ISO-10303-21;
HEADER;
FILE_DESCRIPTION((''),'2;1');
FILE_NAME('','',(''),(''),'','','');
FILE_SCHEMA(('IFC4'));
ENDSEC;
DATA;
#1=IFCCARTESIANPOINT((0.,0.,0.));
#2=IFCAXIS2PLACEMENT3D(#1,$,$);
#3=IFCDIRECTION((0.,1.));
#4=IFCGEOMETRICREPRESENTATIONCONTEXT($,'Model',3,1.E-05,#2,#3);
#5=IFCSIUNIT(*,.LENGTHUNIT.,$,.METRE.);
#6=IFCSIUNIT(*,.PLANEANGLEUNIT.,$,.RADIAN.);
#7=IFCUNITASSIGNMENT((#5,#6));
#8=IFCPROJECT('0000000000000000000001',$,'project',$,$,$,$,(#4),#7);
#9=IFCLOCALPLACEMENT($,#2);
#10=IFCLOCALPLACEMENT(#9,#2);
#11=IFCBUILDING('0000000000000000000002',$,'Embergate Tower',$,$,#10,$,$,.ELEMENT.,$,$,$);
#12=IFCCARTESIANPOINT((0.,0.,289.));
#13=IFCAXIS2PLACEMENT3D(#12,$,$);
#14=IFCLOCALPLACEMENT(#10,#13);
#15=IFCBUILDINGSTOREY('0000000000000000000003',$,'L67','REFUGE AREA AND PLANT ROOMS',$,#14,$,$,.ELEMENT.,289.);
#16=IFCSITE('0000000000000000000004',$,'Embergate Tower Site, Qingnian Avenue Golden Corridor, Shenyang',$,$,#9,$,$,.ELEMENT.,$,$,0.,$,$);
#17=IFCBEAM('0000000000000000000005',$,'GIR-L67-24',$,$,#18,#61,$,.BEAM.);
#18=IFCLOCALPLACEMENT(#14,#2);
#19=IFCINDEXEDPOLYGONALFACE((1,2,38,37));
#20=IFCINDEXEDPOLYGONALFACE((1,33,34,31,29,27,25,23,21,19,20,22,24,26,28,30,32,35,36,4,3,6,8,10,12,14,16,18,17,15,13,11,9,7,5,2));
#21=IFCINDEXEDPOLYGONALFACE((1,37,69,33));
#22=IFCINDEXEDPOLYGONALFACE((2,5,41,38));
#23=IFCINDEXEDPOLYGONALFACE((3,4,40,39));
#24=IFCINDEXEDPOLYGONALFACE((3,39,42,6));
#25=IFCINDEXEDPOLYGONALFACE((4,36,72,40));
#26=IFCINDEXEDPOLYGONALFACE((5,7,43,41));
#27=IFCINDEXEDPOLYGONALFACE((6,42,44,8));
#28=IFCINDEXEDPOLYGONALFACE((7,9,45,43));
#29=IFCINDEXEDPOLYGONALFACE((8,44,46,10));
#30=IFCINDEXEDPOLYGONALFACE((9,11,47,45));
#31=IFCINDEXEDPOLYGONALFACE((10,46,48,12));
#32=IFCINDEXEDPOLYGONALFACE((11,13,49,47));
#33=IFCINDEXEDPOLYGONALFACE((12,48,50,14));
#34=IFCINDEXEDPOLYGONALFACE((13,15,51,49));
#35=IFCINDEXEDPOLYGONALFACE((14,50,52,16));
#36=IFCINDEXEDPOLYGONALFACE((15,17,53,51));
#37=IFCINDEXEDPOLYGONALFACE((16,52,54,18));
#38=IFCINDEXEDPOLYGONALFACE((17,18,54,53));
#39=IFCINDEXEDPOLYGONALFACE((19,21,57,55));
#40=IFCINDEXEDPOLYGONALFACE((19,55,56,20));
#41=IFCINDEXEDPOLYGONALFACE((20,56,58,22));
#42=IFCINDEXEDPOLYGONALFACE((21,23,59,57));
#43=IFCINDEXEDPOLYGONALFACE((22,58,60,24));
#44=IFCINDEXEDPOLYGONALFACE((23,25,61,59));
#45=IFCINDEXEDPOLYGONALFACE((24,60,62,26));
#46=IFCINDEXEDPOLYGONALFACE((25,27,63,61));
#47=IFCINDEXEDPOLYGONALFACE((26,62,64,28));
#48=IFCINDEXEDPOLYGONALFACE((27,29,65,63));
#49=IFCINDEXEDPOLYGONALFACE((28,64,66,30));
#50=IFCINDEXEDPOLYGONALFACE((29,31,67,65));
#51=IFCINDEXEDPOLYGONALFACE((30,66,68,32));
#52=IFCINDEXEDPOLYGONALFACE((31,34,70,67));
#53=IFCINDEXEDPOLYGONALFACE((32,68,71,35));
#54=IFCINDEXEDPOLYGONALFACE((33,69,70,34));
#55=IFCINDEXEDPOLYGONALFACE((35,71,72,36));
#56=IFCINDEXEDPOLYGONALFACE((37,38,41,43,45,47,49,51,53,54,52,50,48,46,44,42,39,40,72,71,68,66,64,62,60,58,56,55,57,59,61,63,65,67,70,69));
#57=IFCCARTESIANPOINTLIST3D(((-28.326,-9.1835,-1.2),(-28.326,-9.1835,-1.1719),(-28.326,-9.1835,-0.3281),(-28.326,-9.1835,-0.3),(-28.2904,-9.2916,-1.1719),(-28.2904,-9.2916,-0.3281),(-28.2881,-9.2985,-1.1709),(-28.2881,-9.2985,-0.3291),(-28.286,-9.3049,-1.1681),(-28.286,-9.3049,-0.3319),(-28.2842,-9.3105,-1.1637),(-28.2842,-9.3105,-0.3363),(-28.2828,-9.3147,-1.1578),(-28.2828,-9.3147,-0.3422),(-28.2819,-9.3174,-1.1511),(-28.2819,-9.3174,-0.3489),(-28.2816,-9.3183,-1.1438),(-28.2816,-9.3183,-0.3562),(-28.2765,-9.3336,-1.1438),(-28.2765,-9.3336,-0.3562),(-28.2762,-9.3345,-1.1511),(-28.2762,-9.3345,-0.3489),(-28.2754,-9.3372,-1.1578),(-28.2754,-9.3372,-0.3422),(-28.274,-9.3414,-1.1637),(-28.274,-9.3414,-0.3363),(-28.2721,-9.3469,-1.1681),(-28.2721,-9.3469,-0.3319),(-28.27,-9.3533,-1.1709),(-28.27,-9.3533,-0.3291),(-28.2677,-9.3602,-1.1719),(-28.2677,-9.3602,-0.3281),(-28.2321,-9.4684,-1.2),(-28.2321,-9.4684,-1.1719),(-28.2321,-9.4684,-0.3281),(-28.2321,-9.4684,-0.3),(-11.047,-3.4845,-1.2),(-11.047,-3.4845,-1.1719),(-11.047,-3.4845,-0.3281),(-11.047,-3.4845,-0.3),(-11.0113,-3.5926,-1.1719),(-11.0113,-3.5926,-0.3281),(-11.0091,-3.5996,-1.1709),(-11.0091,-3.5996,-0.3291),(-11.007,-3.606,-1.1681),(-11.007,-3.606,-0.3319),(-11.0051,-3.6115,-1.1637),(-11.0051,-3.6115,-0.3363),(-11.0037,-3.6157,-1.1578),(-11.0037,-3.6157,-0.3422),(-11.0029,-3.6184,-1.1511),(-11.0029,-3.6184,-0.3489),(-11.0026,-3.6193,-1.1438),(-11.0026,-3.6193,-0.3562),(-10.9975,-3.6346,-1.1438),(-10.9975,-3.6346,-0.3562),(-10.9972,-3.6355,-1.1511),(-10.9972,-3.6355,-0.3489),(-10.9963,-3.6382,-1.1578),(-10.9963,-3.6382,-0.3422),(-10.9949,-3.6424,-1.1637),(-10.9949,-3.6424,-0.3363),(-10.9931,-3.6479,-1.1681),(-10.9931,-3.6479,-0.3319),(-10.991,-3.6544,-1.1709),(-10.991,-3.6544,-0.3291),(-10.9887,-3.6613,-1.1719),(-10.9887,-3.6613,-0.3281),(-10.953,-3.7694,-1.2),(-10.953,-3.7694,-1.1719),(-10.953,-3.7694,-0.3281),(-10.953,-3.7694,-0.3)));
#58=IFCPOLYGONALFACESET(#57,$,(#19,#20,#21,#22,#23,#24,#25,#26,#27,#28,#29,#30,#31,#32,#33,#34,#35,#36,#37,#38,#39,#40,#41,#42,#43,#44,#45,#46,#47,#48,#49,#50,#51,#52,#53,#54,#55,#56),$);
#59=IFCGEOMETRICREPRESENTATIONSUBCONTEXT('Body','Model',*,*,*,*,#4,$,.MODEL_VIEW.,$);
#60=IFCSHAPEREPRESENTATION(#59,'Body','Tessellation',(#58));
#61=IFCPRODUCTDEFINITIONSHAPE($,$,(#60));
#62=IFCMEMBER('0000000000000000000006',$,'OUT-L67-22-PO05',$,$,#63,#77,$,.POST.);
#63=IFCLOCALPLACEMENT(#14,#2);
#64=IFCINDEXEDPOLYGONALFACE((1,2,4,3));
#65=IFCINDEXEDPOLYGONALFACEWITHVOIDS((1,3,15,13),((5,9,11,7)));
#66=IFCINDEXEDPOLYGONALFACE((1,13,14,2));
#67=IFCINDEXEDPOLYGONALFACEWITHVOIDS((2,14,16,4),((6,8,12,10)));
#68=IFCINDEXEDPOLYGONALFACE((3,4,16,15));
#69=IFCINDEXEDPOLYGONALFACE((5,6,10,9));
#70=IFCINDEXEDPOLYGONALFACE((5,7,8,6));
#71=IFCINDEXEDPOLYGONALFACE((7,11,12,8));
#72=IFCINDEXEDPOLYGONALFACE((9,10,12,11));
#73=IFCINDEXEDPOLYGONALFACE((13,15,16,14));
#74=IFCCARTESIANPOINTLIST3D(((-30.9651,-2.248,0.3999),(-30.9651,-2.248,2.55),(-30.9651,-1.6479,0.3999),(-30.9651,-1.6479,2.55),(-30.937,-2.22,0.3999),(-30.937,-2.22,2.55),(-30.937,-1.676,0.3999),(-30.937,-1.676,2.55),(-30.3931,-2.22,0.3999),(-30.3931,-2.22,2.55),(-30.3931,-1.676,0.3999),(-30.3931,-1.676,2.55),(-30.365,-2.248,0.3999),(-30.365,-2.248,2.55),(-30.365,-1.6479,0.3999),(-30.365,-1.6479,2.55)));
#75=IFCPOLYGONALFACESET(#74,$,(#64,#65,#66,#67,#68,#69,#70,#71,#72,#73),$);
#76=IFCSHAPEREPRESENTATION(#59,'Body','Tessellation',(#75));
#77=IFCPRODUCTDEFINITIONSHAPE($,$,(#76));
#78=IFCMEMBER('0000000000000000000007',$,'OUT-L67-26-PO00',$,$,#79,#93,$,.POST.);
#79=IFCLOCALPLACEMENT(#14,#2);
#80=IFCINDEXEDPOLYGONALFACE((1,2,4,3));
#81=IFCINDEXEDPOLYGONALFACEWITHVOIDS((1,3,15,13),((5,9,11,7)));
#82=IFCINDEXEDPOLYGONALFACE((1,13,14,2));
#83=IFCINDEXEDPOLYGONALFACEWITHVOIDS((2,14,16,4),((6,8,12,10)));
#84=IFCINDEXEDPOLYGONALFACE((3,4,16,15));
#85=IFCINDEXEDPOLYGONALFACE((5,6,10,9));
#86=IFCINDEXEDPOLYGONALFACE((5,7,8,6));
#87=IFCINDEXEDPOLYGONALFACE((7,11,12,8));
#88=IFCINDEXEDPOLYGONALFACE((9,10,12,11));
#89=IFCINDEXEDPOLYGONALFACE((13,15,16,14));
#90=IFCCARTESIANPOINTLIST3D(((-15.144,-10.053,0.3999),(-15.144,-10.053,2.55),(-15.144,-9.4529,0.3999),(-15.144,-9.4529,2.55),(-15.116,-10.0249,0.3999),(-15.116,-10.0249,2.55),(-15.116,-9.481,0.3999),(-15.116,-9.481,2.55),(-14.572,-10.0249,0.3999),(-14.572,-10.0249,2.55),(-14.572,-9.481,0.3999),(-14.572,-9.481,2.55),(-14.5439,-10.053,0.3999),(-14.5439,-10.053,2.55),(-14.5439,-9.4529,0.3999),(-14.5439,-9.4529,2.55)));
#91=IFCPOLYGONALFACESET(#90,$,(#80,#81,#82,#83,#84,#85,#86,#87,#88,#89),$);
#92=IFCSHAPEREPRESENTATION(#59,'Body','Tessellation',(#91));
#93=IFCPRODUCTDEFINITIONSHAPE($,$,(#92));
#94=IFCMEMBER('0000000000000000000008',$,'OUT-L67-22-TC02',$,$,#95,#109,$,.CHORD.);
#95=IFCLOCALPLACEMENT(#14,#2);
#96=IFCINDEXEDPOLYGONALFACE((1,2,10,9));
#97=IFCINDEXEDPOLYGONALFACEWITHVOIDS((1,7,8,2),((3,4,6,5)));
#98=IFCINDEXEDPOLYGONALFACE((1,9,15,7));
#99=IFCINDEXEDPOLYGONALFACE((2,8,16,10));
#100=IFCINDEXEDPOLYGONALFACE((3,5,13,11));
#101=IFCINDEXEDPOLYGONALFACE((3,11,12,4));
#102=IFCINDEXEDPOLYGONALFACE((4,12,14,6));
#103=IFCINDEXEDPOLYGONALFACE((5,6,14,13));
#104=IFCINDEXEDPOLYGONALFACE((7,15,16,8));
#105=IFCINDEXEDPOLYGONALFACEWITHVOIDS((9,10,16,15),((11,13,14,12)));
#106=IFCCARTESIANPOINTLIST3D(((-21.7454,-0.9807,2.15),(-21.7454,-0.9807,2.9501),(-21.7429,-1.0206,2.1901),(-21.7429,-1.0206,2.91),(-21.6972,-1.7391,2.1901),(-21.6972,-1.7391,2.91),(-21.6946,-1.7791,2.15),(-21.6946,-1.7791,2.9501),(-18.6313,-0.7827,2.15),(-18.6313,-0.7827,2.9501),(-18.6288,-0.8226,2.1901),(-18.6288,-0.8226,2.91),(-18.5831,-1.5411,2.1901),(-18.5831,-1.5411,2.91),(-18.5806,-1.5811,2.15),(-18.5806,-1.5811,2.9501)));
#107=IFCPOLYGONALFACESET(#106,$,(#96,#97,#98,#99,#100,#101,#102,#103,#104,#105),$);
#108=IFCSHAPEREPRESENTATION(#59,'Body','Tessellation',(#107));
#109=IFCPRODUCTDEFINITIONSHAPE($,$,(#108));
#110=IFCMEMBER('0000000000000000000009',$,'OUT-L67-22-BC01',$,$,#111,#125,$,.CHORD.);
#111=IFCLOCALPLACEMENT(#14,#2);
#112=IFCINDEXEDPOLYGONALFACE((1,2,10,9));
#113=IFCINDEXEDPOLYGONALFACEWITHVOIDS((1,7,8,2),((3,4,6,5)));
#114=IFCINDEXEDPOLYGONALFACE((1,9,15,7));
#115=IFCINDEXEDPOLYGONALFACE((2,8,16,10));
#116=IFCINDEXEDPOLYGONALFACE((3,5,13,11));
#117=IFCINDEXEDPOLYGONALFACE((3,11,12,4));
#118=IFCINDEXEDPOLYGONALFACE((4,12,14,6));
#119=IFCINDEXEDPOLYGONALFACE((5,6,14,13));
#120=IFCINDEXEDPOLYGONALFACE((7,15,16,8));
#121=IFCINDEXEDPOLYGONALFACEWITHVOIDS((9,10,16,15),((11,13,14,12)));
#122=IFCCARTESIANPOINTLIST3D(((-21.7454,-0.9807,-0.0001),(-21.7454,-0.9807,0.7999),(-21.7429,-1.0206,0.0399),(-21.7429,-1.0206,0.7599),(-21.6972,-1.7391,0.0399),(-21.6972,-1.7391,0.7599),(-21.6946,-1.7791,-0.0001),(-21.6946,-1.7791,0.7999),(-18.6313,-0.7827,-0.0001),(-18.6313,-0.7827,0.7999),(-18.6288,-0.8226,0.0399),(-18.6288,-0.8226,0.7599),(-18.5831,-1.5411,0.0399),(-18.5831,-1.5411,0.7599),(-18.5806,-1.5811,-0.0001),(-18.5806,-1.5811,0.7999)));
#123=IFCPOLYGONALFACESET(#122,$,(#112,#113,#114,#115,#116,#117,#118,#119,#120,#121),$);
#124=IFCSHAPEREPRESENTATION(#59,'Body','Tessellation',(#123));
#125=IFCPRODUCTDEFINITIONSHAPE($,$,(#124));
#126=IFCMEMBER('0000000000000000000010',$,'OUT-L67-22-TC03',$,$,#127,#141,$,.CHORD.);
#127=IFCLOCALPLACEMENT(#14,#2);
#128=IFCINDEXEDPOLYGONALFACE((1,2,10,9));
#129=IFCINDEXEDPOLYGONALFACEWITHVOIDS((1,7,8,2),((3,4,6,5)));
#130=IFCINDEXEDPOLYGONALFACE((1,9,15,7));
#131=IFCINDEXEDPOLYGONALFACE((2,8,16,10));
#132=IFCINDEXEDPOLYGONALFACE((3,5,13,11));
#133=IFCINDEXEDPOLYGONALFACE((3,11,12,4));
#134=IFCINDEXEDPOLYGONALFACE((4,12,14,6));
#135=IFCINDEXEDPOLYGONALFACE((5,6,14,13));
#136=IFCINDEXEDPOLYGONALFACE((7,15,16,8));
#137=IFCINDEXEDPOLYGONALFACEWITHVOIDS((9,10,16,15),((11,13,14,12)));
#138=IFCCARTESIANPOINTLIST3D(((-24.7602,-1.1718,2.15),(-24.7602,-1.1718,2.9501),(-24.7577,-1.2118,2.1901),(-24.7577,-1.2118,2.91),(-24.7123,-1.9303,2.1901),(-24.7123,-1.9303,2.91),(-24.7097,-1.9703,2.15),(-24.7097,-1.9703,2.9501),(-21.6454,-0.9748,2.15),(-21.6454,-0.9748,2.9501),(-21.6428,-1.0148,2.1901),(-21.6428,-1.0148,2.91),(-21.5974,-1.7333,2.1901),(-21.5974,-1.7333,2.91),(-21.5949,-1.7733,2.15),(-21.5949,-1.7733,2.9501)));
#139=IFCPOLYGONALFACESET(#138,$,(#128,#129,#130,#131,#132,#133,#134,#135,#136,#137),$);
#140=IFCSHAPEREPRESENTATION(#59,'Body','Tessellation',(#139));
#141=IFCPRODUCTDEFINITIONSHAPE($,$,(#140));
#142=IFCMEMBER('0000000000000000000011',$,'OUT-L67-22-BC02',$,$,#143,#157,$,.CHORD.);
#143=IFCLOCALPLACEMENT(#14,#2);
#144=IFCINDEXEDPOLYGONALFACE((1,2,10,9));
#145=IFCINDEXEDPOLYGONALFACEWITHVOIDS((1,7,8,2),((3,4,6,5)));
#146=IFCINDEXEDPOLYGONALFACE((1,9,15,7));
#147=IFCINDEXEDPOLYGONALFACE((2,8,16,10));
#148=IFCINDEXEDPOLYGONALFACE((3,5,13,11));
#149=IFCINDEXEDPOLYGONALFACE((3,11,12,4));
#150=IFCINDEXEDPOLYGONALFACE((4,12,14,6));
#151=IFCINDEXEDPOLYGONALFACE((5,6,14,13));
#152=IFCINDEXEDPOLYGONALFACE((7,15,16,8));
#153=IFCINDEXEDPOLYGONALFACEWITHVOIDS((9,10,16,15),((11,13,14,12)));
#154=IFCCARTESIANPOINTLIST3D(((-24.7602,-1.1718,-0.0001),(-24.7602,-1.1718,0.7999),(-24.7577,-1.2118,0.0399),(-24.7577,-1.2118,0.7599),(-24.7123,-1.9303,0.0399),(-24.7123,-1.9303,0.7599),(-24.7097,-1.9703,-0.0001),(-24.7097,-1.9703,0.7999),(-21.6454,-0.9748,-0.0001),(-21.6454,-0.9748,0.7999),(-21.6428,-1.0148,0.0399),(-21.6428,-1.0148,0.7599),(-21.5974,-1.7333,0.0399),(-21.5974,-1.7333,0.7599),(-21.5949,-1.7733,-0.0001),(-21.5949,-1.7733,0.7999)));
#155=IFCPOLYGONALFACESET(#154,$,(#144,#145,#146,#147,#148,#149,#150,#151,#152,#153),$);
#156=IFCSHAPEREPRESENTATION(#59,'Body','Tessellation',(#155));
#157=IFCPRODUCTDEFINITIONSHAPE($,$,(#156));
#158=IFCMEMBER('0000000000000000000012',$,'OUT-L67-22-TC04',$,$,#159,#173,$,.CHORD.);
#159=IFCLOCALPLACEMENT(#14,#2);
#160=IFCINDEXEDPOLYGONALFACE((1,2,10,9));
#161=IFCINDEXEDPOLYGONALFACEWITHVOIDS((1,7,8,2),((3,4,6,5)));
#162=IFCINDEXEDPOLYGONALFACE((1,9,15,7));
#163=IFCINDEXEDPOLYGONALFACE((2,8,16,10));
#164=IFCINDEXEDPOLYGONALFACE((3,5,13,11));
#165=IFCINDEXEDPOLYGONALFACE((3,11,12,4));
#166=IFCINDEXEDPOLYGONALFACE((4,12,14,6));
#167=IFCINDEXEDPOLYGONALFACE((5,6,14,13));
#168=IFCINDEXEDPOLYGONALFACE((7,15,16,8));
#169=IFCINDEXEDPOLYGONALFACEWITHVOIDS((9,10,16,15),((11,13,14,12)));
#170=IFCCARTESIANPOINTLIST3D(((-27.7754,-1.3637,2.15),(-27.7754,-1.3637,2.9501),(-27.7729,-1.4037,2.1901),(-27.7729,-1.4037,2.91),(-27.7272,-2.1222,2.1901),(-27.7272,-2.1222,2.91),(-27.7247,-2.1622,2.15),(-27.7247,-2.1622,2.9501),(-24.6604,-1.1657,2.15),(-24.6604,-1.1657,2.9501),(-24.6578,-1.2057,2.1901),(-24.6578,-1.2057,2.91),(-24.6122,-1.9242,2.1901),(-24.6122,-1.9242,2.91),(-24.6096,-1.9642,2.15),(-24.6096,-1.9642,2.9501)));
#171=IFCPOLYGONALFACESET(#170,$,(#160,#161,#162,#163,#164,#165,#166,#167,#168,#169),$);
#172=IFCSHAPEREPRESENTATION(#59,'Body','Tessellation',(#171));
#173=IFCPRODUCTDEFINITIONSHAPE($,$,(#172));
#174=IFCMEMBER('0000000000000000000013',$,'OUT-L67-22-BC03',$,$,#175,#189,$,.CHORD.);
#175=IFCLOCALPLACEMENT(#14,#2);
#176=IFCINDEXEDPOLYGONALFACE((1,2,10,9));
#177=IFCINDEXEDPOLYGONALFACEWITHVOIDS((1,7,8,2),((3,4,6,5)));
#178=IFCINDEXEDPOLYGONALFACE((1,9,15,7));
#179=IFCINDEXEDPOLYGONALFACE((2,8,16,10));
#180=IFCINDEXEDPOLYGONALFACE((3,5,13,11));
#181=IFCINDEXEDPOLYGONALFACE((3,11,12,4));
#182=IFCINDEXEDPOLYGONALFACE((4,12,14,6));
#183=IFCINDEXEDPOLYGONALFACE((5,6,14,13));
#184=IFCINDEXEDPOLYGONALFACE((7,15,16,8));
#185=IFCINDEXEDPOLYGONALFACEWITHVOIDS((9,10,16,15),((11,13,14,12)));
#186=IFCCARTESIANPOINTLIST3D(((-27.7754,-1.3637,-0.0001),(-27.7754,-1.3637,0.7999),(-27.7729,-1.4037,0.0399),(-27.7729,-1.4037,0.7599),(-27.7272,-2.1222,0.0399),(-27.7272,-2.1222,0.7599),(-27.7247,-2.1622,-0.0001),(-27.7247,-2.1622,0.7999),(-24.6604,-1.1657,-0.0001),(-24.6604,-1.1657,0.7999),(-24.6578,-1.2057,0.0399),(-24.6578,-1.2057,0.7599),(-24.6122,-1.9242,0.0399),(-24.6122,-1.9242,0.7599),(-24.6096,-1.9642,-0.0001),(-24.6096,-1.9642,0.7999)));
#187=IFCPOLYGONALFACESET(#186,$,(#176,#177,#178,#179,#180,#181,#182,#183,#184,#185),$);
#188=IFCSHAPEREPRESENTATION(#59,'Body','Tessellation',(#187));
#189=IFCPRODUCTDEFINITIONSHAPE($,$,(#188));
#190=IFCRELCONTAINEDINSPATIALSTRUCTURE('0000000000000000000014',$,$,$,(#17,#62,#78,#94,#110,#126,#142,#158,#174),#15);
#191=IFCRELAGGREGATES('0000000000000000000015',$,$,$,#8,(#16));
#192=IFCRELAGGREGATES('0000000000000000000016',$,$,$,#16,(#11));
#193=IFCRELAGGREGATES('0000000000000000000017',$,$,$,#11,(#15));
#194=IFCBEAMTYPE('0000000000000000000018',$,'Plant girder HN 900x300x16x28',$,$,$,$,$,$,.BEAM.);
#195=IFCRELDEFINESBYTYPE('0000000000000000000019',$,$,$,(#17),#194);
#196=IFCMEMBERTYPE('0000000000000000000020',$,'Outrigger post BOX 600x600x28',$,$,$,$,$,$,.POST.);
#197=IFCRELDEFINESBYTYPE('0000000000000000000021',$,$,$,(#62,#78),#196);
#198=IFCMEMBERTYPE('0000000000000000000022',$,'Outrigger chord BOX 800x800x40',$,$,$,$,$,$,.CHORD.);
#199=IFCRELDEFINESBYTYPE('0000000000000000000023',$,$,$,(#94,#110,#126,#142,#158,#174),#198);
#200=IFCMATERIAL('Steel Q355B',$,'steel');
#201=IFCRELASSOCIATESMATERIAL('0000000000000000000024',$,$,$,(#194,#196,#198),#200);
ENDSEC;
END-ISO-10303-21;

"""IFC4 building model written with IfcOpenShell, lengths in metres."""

from ifc_helpers import new_model, si_unit, direction, frame, origin, origin_2d, place, context, subcontext, project, spatial, hollow_rectangle, i_section, extrude, source, transform, mapped, material, material_profile, profile_set, type_object, element, save


model = new_model("IFC4")

# Units and contexts
model_context = context("Model", 3, precision=1e-05, world=origin(), true_north=direction((0.0, 1.0)))
body_context = subcontext(model_context, "Body", "Model", "MODEL_VIEW")
ifc_project = project(units=[si_unit("LENGTHUNIT", "METRE"), si_unit("PLANEANGLEUNIT", "RADIAN")], contexts=[model_context])

# Site, building, storey
site_placement = place(None, origin())
site = spatial("IfcSite", under=ifc_project, at=site_placement, Name="Embergate Tower Site, Qingnian Avenue Golden Corridor, Shenyang", CompositionType="ELEMENT", RefElevation=0.0)
building_placement = place(site_placement, origin())
building = spatial("IfcBuilding", under=site, at=building_placement, Name="Embergate Tower", CompositionType="ELEMENT")
storey_placement = place(building_placement, frame((0.0, 0.0, 289.0)))
storey = spatial("IfcBuildingStorey", under=building, at=storey_placement, Name="L67", Description="REFUGE AREA AND PLANT ROOMS", CompositionType="ELEMENT", Elevation=289.0)

# Beam
ifc_material_1 = material(Name="Steel Q355B", Category="steel")
ifc_material_profile_1 = material_profile(ifc_material_1, i_section(OverallWidth=0.3, OverallDepth=0.8999, WebThickness=0.0161, FlangeThickness=0.0281, FilletRadius=0.0281, at=origin_2d()), Name="HN 900x300x16x28")
ifc_profile_set_1 = profile_set([ifc_material_profile_1], Name="Steel Q355 grade B")
beam_type_1 = type_object("IfcBeamType", Name="Plant girder HN 900x300x16x28", PredefinedType="BEAM", material=ifc_profile_set_1)
shared_shape_1 = source(origin(), body_context, "Body", "SweptSolid", [
    extrude(i_section(OverallWidth=0.3, OverallDepth=0.8999, WebThickness=0.0161, FlangeThickness=0.0281, FilletRadius=0.0281, at=origin_2d()), origin(), (0.0, 0.0, 1.0), 18.1946),
])
beam_1_placement = place(storey_placement, frame((-28.2791, -9.3259, -0.75), z_axis=(0.94968, 0.313223, 0.0), x_axis=(-0.313223, 0.94968, 0.0)))
element("IfcBeam", 1, at=beam_1_placement, inside=storey, type_object=beam_type_1, Name="GIR-L67-24", PredefinedType="BEAM", context=body_context, shape_type="MappedRepresentation", body=[
    mapped(shared_shape_1, transform((0.0, 0.0, 0.0))),
])

# Members
ifc_material_profile_2 = material_profile(ifc_material_1, hollow_rectangle(XDim=0.6001, YDim=0.6001, WallThickness=0.0281, at=origin_2d()), Name="BOX 600x600x28")
ifc_profile_set_2 = profile_set([ifc_material_profile_2], Name="Steel Q355 grade B")
member_type_1 = type_object("IfcMemberType", Name="Outrigger post BOX 600x600x28", PredefinedType="POST", material=ifc_profile_set_2)
shared_shape_2 = source(origin(), body_context, "Body", "SweptSolid", [
    extrude(hollow_rectangle(XDim=0.6001, YDim=0.6001, WallThickness=0.0281, at=origin_2d()), origin(), (0.0, 0.0, 1.0), 2.1501),
])
for number, where, z_axis, x_axis, name in (
    (2, (-30.665, -1.948, 0.3999), (0.0, 0.0, 1.0), (1.0, 0.0, 0.0), "OUT-L67-22-PO05"),
    (3, (-14.844, -9.7529, 0.3999), (0.0, 0.0, 1.0), (1.0, 0.0, 0.0), "OUT-L67-26-PO00"),
):
    element("IfcMember", number, at=place(storey_placement, frame(where, z_axis=z_axis, x_axis=x_axis)), inside=storey, type_object=member_type_1, Name=name, PredefinedType="POST", context=body_context, shape_type="MappedRepresentation", body=[
        mapped(shared_shape_2, transform((0.0, 0.0, 0.0))),
    ])
ifc_material_profile_3 = material_profile(ifc_material_1, hollow_rectangle(XDim=0.8, YDim=0.8, WallThickness=0.04, at=origin_2d()), Name="BOX 800x800x40")
ifc_profile_set_3 = profile_set([ifc_material_profile_3], Name="Steel Q355 grade B")
member_type_2 = type_object("IfcMemberType", Name="Outrigger chord BOX 800x800x40", PredefinedType="CHORD", material=ifc_profile_set_3)
shared_shape_3 = source(origin(), body_context, "Body", "SweptSolid", [
    extrude(hollow_rectangle(XDim=0.8, YDim=0.8, WallThickness=0.04, at=origin_2d()), origin(), (0.0, 0.0, 1.0), 3.1204),
])
for number, where, z_axis, x_axis, name in (
    (4, (-18.606, -1.1819, 2.55), (-0.997985, -0.063455, 0.0), (0.063455, -0.997985, 0.0), "OUT-L67-22-TC02"),
    (5, (-18.606, -1.1819, 0.3999), (-0.997985, -0.063455, 0.0), (0.063455, -0.997985, 0.0), "OUT-L67-22-BC01"),
):
    element("IfcMember", number, at=place(storey_placement, frame(where, z_axis=z_axis, x_axis=x_axis)), inside=storey, type_object=member_type_2, Name=name, PredefinedType="CHORD", context=body_context, shape_type="MappedRepresentation", body=[
        mapped(shared_shape_3, transform((0.0, 0.0, 0.0))),
    ])
shared_shape_4 = source(origin(), body_context, "Body", "SweptSolid", [
    extrude(hollow_rectangle(XDim=0.8, YDim=0.8, WallThickness=0.04, at=origin_2d()), origin(), (0.0, 0.0, 1.0), 3.1211),
])
for number, where, z_axis, x_axis, name in (
    (6, (-21.6201, -1.374, 2.55), (-0.998006, -0.063123, 0.0), (0.063123, -0.998006, 0.0), "OUT-L67-22-TC03"),
    (7, (-21.6201, -1.374, 0.3999), (-0.998006, -0.063123, 0.0), (0.063123, -0.998006, 0.0), "OUT-L67-22-BC02"),
):
    element("IfcMember", number, at=place(storey_placement, frame(where, z_axis=z_axis, x_axis=x_axis)), inside=storey, type_object=member_type_2, Name=name, PredefinedType="CHORD", context=body_context, shape_type="MappedRepresentation", body=[
        mapped(shared_shape_4, transform((0.0, 0.0, 0.0))),
    ])
shared_shape_5 = source(origin(), body_context, "Body", "SweptSolid", [
    extrude(hollow_rectangle(XDim=0.8, YDim=0.8, WallThickness=0.04, at=origin_2d()), origin(), (0.0, 0.0, 1.0), 3.1213),
])
for number, where, z_axis, x_axis, name in (
    (8, (-24.635, -1.5649, 2.55), (-0.997986, -0.063435, 0.0), (0.063435, -0.997986, 0.0), "OUT-L67-22-TC04"),
    (9, (-24.635, -1.5649, 0.3999), (-0.997986, -0.063435, 0.0), (0.063435, -0.997986, 0.0), "OUT-L67-22-BC03"),
):
    element("IfcMember", number, at=place(storey_placement, frame(where, z_axis=z_axis, x_axis=x_axis)), inside=storey, type_object=member_type_2, Name=name, PredefinedType="CHORD", context=body_context, shape_type="MappedRepresentation", body=[
        mapped(shared_shape_5, transform((0.0, 0.0, 0.0))),
    ])

save(model, "model.ifc")
